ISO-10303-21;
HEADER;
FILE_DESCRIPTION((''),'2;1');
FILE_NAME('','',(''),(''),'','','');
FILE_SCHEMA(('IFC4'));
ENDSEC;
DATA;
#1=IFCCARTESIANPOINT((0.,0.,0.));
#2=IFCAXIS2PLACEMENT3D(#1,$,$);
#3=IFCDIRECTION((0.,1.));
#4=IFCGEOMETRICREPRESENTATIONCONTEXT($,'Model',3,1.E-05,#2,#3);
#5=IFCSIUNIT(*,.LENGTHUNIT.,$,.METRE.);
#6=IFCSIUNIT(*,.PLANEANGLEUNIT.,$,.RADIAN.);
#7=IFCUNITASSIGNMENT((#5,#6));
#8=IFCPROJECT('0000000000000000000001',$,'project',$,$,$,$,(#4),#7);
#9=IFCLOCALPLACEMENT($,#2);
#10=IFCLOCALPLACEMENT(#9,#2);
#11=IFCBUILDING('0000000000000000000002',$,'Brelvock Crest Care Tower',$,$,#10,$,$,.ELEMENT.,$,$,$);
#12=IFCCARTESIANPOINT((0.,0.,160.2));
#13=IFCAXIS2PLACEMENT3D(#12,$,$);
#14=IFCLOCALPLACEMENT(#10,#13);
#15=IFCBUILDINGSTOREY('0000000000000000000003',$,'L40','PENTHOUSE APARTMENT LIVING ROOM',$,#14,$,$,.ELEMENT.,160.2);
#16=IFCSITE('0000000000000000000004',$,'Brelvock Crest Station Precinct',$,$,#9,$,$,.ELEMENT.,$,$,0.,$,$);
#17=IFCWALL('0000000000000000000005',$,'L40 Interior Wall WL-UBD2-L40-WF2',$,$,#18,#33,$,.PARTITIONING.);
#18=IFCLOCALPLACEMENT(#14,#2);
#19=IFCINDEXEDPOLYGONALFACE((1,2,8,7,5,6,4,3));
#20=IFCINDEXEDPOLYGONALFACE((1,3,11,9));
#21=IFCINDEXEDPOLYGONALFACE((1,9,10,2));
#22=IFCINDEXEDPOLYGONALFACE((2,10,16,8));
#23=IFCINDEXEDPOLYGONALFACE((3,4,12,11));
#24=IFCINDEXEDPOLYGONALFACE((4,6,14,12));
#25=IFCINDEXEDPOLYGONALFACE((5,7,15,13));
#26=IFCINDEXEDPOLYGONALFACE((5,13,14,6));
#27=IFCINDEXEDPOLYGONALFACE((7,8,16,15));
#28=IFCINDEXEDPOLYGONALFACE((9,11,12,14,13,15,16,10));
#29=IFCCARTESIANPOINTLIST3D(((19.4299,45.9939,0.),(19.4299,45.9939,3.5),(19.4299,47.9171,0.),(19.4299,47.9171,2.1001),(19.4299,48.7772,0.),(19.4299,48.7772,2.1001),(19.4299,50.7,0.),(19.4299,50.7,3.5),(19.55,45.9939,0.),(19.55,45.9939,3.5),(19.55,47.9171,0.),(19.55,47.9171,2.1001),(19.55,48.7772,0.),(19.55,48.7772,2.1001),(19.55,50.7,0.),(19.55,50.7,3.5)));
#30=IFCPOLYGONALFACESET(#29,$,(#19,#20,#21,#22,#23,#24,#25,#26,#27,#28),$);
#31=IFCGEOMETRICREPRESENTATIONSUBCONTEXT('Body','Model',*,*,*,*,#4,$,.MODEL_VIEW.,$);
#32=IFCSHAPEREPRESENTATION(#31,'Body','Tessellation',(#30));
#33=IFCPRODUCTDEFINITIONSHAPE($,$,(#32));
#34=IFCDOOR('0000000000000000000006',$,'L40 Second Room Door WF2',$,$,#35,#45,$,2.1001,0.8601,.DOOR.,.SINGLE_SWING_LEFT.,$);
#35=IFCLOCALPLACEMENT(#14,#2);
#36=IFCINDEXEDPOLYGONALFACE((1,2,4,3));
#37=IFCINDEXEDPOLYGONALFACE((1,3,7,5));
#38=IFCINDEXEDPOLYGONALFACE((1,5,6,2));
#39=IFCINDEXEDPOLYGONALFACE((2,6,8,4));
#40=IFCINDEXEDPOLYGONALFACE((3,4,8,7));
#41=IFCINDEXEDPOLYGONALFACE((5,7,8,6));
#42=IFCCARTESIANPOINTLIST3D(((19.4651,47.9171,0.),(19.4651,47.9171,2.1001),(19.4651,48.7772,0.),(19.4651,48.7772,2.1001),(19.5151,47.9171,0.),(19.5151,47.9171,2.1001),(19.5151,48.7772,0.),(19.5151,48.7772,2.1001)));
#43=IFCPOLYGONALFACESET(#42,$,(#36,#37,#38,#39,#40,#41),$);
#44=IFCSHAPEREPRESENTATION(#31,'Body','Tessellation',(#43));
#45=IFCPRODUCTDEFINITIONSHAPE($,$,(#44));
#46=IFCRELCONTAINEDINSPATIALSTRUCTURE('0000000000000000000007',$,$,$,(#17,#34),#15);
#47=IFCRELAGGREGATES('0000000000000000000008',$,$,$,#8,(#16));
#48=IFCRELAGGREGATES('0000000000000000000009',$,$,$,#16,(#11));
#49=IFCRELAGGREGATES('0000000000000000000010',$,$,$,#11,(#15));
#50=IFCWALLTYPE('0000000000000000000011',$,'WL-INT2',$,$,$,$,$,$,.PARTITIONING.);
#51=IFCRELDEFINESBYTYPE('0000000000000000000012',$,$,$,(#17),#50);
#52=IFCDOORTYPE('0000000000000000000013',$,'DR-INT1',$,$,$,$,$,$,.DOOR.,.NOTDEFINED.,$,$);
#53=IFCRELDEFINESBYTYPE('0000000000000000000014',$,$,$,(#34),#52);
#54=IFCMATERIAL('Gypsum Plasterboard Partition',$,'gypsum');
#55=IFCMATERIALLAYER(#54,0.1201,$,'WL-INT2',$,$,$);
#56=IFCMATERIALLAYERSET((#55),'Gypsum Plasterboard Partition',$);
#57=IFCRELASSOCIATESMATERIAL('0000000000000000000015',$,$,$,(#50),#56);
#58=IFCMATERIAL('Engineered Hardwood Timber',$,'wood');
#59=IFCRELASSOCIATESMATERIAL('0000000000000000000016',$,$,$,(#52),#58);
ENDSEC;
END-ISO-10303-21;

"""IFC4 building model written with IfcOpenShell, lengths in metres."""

from ifc_helpers import new_model, si_unit, direction, frame, frame_2d, origin, origin_2d, place, context, subcontext, project, spatial, rectangle, extrude, source, transform, mapped, material, layer, layer_set, type_object, element, fill, save


model = new_model("IFC4")

# Units and contexts
model_context = context("Model", 3, precision=1e-05, world=origin(), true_north=direction((0.0, 1.0)))
body_context = subcontext(model_context, "Body", "Model", "MODEL_VIEW")
ifc_project = project(units=[si_unit("LENGTHUNIT", "METRE"), si_unit("PLANEANGLEUNIT", "RADIAN")], contexts=[model_context])

# Site, building, storey
site_placement = place(None, origin())
site = spatial("IfcSite", under=ifc_project, at=site_placement, Name="Brelvock Crest Station Precinct", CompositionType="ELEMENT", RefElevation=0.0)
building_placement = place(site_placement, origin())
building = spatial("IfcBuilding", under=site, at=building_placement, Name="Brelvock Crest Care Tower", CompositionType="ELEMENT")
storey_placement = place(building_placement, frame((0.0, 0.0, 160.2)))
storey = spatial("IfcBuildingStorey", under=building, at=storey_placement, Name="L40", Description="PENTHOUSE APARTMENT LIVING ROOM", CompositionType="ELEMENT", Elevation=160.2)

# Wall, opening, door
ifc_material_1 = material(Name="Gypsum Plasterboard Partition", Category="gypsum")
ifc_layer = layer(ifc_material_1, 0.1201, Name="WL-INT2")
ifc_layer_set = layer_set([ifc_layer], Name="Gypsum Plasterboard Partition")
wall_type = type_object("IfcWallType", Name="WL-INT2", PredefinedType="PARTITIONING", material=ifc_layer_set)
ifc_material_2 = material(Name="Engineered Hardwood Timber", Category="wood")
door_type = type_object("IfcDoorType", Name="DR-INT1", OperationType="NOTDEFINED", PredefinedType="DOOR", material=ifc_material_2)
shared_shape_1 = source(origin(), body_context, "Body", "SweptSolid", [
    extrude(rectangle(XDim=0.8601, YDim=2.1001, at=origin_2d()), frame((0.4302, 0.0249, 1.05), z_axis=(0.0, -1.0, 0.0), x_axis=(1.0, 0.0, 0.0)), (0.0, 0.0, 1.0), 0.05),
])
wall_1_placement = place(storey_placement, frame((19.49, 45.9939, 0.0), z_axis=(0.0, 0.0, 1.0), x_axis=(0.0, 1.0, 0.0)))
wall_1 = element("IfcWall", 1, at=wall_1_placement, inside=storey, type_object=wall_type, Name="L40 Interior Wall WL-UBD2-L40-WF2", PredefinedType="PARTITIONING", context=body_context, shape_type="SweptSolid", body=[
    extrude(rectangle(XDim=4.7061, YDim=0.1201, at=frame_2d((2.353, 0.0))), origin(), (0.0, 0.0, 1.0), 3.5),
])
opening_1_placement = place(wall_1_placement, frame((1.9231, 0.0, 0.0)))
opening_1 = element("IfcOpeningElement", 2, at=opening_1_placement, cuts=wall_1, PredefinedType="OPENING", context=body_context, shape_type="SweptSolid", body=[
    extrude(rectangle(XDim=0.8601, YDim=2.1001, at=origin_2d()), frame((0.4302, 0.0701, 1.05), z_axis=(0.0, -1.0, 0.0), x_axis=(1.0, 0.0, 0.0)), (0.0, 0.0, 1.0), 0.1401),
])
door_1_placement = place(opening_1_placement, origin())
door_1 = element("IfcDoor", 3, at=door_1_placement, inside=storey, type_object=door_type, Name="L40 Second Room Door WF2", OperationType="SINGLE_SWING_LEFT", OverallHeight=2.1001, OverallWidth=0.8601, PredefinedType="DOOR", context=body_context, shape_type="MappedRepresentation", body=[
    mapped(shared_shape_1, transform((0.0, 0.0, 0.0), x_axis=(1.0, 0.0, 0.0), y_axis=(0.0, 1.0, 0.0), z_axis=(0.0, 0.0, 1.0), scale=1.0)),
])
fill(opening_1, door_1)

save(model, "model.ifc")
